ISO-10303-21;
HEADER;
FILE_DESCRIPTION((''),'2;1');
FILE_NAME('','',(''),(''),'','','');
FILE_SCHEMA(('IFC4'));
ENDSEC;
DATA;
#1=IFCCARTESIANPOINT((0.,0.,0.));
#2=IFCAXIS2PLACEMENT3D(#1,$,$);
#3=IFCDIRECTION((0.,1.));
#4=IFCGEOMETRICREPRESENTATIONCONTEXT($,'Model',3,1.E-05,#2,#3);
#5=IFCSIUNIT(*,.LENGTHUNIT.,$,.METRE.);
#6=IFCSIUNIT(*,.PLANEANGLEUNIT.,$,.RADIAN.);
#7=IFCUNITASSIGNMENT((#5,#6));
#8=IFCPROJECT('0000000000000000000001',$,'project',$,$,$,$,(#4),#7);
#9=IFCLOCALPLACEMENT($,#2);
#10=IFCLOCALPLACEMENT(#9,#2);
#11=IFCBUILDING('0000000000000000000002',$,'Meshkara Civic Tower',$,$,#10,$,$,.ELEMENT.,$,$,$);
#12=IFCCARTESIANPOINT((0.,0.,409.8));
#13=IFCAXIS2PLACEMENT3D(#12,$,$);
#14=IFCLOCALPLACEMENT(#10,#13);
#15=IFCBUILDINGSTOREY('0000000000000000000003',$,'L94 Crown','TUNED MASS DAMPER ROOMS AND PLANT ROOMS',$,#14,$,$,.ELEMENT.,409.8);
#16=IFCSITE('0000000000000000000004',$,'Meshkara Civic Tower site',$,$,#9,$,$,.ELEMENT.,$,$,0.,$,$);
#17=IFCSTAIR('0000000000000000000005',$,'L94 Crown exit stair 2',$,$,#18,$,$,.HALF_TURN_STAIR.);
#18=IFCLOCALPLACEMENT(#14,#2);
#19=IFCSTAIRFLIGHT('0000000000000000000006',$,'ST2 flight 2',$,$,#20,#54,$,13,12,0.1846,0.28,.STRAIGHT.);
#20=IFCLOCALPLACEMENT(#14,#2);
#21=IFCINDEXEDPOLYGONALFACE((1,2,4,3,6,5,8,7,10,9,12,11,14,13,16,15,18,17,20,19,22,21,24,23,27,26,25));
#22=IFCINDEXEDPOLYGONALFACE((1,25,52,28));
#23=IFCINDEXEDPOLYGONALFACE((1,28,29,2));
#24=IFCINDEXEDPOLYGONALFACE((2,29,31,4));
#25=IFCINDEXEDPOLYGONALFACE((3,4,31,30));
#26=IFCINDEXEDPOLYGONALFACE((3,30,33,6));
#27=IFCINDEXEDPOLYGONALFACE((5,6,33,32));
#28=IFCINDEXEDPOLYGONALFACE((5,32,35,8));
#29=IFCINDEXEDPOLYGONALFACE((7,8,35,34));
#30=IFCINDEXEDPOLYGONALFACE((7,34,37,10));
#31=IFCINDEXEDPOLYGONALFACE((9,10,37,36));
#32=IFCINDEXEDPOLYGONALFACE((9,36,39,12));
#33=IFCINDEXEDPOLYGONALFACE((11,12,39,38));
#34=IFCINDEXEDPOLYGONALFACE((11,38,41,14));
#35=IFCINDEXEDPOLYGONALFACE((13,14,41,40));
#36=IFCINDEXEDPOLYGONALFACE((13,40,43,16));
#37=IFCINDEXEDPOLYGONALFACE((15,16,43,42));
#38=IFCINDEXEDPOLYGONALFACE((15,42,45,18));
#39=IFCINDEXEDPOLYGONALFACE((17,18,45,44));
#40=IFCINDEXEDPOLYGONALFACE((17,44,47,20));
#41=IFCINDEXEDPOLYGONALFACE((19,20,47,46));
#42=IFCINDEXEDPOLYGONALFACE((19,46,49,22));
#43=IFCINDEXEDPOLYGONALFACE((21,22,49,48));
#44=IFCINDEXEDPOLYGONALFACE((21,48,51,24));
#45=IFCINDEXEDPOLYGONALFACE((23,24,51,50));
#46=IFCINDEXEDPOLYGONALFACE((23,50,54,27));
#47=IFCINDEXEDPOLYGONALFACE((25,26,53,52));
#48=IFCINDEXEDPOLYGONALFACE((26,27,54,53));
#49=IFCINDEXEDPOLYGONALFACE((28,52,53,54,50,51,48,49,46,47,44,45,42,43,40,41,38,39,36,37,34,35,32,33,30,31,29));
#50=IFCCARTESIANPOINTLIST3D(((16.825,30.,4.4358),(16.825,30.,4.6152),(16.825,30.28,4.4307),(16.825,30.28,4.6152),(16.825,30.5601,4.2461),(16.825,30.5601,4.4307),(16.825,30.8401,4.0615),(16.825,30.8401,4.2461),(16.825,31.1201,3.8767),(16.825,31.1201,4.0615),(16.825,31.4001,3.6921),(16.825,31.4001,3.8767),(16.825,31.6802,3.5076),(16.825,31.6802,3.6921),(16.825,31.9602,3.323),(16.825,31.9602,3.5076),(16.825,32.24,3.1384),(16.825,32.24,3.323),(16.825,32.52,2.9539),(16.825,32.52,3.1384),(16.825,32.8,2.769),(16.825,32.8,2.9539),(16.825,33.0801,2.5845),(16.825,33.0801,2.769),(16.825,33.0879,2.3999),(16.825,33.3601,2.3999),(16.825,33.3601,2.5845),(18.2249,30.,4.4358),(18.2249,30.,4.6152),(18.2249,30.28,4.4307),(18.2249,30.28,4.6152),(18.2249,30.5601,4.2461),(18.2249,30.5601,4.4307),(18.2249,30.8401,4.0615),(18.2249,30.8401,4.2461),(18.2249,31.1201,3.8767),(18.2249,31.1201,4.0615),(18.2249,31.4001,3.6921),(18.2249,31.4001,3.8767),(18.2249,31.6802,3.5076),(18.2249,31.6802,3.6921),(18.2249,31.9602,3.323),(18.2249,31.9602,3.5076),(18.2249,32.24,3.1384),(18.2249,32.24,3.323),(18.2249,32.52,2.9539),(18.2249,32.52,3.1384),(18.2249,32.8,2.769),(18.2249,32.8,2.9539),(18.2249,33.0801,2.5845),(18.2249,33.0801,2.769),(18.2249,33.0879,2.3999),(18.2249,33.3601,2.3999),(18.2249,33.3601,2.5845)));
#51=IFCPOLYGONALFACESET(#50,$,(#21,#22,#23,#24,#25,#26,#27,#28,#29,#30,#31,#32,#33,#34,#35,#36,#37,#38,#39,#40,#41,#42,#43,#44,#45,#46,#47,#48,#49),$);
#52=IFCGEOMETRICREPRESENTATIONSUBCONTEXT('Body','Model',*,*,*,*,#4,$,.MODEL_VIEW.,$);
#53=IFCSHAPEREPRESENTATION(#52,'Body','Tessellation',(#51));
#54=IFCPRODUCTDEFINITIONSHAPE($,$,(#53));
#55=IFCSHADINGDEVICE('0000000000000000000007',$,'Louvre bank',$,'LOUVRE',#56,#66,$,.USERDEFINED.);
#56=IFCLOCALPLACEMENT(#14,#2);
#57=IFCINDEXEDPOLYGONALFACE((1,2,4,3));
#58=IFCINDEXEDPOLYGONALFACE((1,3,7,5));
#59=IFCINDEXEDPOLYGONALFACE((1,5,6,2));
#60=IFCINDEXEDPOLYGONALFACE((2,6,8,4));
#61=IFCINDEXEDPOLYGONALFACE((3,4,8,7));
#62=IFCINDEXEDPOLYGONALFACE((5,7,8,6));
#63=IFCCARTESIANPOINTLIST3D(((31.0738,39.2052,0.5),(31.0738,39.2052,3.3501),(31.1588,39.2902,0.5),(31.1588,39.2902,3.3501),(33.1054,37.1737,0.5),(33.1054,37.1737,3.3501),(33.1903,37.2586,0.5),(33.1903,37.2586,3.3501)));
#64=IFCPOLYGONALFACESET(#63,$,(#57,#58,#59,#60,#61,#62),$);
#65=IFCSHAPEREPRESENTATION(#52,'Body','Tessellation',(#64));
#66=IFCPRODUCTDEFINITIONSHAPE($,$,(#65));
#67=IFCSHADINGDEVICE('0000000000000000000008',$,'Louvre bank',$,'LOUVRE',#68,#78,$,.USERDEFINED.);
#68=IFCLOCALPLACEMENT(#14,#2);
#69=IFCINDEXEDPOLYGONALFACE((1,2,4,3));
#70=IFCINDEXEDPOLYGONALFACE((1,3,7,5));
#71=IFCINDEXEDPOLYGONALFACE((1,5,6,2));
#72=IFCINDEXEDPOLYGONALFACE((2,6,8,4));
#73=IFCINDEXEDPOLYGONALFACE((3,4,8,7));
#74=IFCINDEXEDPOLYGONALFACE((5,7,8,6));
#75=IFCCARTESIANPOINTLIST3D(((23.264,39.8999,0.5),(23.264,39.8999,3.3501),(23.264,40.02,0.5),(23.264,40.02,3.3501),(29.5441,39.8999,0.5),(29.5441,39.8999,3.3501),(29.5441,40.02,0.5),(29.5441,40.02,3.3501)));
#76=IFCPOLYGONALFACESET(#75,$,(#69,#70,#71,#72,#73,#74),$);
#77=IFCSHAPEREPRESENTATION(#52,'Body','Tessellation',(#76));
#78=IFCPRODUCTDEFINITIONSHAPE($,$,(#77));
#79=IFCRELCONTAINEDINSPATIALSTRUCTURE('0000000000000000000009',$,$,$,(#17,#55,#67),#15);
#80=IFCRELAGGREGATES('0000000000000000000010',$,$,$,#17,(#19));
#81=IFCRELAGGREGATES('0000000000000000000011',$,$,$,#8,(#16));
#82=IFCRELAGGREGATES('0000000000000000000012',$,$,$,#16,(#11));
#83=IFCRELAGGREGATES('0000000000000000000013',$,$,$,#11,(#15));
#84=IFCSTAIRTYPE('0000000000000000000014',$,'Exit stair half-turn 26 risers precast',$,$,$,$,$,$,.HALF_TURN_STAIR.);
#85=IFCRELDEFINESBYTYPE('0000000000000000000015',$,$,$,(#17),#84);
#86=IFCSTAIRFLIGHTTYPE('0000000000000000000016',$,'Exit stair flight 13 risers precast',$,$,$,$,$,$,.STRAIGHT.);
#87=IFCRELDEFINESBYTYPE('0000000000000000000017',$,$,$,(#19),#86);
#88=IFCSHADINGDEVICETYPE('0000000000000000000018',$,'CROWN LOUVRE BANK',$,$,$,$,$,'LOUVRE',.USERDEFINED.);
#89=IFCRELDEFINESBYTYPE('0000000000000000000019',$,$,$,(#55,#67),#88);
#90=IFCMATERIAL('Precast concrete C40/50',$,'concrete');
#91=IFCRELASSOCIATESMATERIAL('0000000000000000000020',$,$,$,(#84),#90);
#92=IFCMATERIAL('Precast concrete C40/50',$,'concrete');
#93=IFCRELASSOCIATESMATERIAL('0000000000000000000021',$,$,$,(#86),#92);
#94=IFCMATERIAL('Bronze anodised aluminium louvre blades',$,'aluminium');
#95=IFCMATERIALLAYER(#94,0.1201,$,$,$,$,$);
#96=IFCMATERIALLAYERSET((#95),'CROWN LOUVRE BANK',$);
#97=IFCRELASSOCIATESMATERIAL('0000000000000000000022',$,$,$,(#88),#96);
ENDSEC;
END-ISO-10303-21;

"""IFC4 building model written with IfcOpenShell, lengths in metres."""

from ifc_helpers import new_model, si_unit, direction, frame, origin, origin_2d, place, context, subcontext, project, spatial, polyline, rectangle, outline, extrude, material, layer, layer_set, type_object, element, aggregate, save


model = new_model("IFC4")

# Units and contexts
model_context = context("Model", 3, precision=1e-05, world=origin(), true_north=direction((0.0, 1.0)))
body_context = subcontext(model_context, "Body", "Model", "MODEL_VIEW")
ifc_project = project(units=[si_unit("LENGTHUNIT", "METRE"), si_unit("PLANEANGLEUNIT", "RADIAN")], contexts=[model_context])

# Site, building, storey
site_placement = place(None, origin())
site = spatial("IfcSite", under=ifc_project, at=site_placement, Name="Meshkara Civic Tower site", CompositionType="ELEMENT", RefElevation=0.0)
building_placement = place(site_placement, origin())
building = spatial("IfcBuilding", under=site, at=building_placement, Name="Meshkara Civic Tower", CompositionType="ELEMENT")
storey_placement = place(building_placement, frame((0.0, 0.0, 409.8)))
storey = spatial("IfcBuildingStorey", under=building, at=storey_placement, Name="L94 Crown", Description="TUNED MASS DAMPER ROOMS AND PLANT ROOMS", CompositionType="ELEMENT", Elevation=409.8)

# Stair, stair flight
ifc_material_1 = material(Name="Precast concrete C40/50", Category="concrete")
stair_type = type_object("IfcStairType", Name="Exit stair half-turn 26 risers precast", PredefinedType="HALF_TURN_STAIR", material=ifc_material_1)
stair_placement = place(storey_placement, origin())
stair = element("IfcStair", 1, at=stair_placement, inside=storey, type_object=stair_type, Name="L94 Crown exit stair 2", PredefinedType="HALF_TURN_STAIR")
ifc_material_2 = material(Name="Precast concrete C40/50", Category="concrete")
stair_flight_type = type_object("IfcStairFlightType", Name="Exit stair flight 13 risers precast", PredefinedType="STRAIGHT", material=ifc_material_2)
stair_flight_1_placement = place(storey_placement, frame((17.5249, 33.3601, 2.3999), z_axis=(0.0, 0.0, 1.0), x_axis=(0.0, -1.0, 0.0)))
stair_flight_1 = element("IfcStairFlight", 2, at=stair_flight_1_placement, type_object=stair_flight_type, Name="ST2 flight 2", NumberOfRisers=13, NumberOfTreads=12, PredefinedType="STRAIGHT", RiserHeight=0.1846, TreadLength=0.28, context=body_context, shape_type="SweptSolid", body=[
    extrude(outline(polyline([(0.0, 0.0), (0.0, 0.1846), (0.28, 0.1846), (0.28, 0.3691), (0.5601, 0.3691), (0.5601, 0.554), (0.8401, 0.554), (0.8401, 0.7385), (1.1201, 0.7385), (1.1201, 0.9231), (1.3999, 0.9231), (1.3999, 1.1077), (1.6799, 1.1077), (1.6799, 1.2922), (1.96, 1.2922), (1.96, 1.4768), (2.24, 1.4768), (2.24, 1.6616), (2.52, 1.6616), (2.52, 1.8462), (2.8, 1.8462), (2.8, 2.0308), (3.0801, 2.0308), (3.0801, 2.2153), (3.3601, 2.2153), (3.3601, 2.3999), (3.3601, 2.0359), (0.2722, 0.0), (0.0, 0.0)])), frame((0.0, 0.7, 0.0), z_axis=(0.0, -1.0, 0.0), x_axis=(1.0, 0.0, 0.0)), (0.0, 0.0, 1.0), 1.3999),
])
aggregate(stair, [stair_flight_1])

# Shading devices
ifc_material_3 = material(Name="Bronze anodised aluminium louvre blades", Category="aluminium")
ifc_layer_1 = layer(ifc_material_3, 0.1201)
ifc_layer_set_1 = layer_set([ifc_layer_1], Name="CROWN LOUVRE BANK")
shading_device_type = type_object("IfcShadingDeviceType", Name="CROWN LOUVRE BANK", ElementType="LOUVRE", PredefinedType="USERDEFINED", material=ifc_layer_set_1)
shading_device_1_placement = place(storey_placement, frame((32.1321, 38.2319, 0.5), z_axis=(0.0, 0.0, 1.0), x_axis=(-0.707107, 0.707107, 0.0)))
element("IfcShadingDevice", 3, at=shading_device_1_placement, inside=storey, type_object=shading_device_type, Name="Louvre bank", ObjectType="LOUVRE", PredefinedType="USERDEFINED", context=body_context, shape_type="SweptSolid", body=[
    extrude(rectangle(XDim=2.873, YDim=0.1201, at=origin_2d()), origin(), (0.0, 0.0, 1.0), 2.8501),
])
shading_device_2_placement = place(storey_placement, frame((26.4041, 39.96, 0.5), z_axis=(0.0, 0.0, 1.0), x_axis=(-1.0, 0.0, 0.0)))
element("IfcShadingDevice", 4, at=shading_device_2_placement, inside=storey, type_object=shading_device_type, Name="Louvre bank", ObjectType="LOUVRE", PredefinedType="USERDEFINED", context=body_context, shape_type="SweptSolid", body=[
    extrude(rectangle(XDim=6.28, YDim=0.1201, at=origin_2d()), origin(), (0.0, 0.0, 1.0), 2.8501),
])

save(model, "model.ifc")
